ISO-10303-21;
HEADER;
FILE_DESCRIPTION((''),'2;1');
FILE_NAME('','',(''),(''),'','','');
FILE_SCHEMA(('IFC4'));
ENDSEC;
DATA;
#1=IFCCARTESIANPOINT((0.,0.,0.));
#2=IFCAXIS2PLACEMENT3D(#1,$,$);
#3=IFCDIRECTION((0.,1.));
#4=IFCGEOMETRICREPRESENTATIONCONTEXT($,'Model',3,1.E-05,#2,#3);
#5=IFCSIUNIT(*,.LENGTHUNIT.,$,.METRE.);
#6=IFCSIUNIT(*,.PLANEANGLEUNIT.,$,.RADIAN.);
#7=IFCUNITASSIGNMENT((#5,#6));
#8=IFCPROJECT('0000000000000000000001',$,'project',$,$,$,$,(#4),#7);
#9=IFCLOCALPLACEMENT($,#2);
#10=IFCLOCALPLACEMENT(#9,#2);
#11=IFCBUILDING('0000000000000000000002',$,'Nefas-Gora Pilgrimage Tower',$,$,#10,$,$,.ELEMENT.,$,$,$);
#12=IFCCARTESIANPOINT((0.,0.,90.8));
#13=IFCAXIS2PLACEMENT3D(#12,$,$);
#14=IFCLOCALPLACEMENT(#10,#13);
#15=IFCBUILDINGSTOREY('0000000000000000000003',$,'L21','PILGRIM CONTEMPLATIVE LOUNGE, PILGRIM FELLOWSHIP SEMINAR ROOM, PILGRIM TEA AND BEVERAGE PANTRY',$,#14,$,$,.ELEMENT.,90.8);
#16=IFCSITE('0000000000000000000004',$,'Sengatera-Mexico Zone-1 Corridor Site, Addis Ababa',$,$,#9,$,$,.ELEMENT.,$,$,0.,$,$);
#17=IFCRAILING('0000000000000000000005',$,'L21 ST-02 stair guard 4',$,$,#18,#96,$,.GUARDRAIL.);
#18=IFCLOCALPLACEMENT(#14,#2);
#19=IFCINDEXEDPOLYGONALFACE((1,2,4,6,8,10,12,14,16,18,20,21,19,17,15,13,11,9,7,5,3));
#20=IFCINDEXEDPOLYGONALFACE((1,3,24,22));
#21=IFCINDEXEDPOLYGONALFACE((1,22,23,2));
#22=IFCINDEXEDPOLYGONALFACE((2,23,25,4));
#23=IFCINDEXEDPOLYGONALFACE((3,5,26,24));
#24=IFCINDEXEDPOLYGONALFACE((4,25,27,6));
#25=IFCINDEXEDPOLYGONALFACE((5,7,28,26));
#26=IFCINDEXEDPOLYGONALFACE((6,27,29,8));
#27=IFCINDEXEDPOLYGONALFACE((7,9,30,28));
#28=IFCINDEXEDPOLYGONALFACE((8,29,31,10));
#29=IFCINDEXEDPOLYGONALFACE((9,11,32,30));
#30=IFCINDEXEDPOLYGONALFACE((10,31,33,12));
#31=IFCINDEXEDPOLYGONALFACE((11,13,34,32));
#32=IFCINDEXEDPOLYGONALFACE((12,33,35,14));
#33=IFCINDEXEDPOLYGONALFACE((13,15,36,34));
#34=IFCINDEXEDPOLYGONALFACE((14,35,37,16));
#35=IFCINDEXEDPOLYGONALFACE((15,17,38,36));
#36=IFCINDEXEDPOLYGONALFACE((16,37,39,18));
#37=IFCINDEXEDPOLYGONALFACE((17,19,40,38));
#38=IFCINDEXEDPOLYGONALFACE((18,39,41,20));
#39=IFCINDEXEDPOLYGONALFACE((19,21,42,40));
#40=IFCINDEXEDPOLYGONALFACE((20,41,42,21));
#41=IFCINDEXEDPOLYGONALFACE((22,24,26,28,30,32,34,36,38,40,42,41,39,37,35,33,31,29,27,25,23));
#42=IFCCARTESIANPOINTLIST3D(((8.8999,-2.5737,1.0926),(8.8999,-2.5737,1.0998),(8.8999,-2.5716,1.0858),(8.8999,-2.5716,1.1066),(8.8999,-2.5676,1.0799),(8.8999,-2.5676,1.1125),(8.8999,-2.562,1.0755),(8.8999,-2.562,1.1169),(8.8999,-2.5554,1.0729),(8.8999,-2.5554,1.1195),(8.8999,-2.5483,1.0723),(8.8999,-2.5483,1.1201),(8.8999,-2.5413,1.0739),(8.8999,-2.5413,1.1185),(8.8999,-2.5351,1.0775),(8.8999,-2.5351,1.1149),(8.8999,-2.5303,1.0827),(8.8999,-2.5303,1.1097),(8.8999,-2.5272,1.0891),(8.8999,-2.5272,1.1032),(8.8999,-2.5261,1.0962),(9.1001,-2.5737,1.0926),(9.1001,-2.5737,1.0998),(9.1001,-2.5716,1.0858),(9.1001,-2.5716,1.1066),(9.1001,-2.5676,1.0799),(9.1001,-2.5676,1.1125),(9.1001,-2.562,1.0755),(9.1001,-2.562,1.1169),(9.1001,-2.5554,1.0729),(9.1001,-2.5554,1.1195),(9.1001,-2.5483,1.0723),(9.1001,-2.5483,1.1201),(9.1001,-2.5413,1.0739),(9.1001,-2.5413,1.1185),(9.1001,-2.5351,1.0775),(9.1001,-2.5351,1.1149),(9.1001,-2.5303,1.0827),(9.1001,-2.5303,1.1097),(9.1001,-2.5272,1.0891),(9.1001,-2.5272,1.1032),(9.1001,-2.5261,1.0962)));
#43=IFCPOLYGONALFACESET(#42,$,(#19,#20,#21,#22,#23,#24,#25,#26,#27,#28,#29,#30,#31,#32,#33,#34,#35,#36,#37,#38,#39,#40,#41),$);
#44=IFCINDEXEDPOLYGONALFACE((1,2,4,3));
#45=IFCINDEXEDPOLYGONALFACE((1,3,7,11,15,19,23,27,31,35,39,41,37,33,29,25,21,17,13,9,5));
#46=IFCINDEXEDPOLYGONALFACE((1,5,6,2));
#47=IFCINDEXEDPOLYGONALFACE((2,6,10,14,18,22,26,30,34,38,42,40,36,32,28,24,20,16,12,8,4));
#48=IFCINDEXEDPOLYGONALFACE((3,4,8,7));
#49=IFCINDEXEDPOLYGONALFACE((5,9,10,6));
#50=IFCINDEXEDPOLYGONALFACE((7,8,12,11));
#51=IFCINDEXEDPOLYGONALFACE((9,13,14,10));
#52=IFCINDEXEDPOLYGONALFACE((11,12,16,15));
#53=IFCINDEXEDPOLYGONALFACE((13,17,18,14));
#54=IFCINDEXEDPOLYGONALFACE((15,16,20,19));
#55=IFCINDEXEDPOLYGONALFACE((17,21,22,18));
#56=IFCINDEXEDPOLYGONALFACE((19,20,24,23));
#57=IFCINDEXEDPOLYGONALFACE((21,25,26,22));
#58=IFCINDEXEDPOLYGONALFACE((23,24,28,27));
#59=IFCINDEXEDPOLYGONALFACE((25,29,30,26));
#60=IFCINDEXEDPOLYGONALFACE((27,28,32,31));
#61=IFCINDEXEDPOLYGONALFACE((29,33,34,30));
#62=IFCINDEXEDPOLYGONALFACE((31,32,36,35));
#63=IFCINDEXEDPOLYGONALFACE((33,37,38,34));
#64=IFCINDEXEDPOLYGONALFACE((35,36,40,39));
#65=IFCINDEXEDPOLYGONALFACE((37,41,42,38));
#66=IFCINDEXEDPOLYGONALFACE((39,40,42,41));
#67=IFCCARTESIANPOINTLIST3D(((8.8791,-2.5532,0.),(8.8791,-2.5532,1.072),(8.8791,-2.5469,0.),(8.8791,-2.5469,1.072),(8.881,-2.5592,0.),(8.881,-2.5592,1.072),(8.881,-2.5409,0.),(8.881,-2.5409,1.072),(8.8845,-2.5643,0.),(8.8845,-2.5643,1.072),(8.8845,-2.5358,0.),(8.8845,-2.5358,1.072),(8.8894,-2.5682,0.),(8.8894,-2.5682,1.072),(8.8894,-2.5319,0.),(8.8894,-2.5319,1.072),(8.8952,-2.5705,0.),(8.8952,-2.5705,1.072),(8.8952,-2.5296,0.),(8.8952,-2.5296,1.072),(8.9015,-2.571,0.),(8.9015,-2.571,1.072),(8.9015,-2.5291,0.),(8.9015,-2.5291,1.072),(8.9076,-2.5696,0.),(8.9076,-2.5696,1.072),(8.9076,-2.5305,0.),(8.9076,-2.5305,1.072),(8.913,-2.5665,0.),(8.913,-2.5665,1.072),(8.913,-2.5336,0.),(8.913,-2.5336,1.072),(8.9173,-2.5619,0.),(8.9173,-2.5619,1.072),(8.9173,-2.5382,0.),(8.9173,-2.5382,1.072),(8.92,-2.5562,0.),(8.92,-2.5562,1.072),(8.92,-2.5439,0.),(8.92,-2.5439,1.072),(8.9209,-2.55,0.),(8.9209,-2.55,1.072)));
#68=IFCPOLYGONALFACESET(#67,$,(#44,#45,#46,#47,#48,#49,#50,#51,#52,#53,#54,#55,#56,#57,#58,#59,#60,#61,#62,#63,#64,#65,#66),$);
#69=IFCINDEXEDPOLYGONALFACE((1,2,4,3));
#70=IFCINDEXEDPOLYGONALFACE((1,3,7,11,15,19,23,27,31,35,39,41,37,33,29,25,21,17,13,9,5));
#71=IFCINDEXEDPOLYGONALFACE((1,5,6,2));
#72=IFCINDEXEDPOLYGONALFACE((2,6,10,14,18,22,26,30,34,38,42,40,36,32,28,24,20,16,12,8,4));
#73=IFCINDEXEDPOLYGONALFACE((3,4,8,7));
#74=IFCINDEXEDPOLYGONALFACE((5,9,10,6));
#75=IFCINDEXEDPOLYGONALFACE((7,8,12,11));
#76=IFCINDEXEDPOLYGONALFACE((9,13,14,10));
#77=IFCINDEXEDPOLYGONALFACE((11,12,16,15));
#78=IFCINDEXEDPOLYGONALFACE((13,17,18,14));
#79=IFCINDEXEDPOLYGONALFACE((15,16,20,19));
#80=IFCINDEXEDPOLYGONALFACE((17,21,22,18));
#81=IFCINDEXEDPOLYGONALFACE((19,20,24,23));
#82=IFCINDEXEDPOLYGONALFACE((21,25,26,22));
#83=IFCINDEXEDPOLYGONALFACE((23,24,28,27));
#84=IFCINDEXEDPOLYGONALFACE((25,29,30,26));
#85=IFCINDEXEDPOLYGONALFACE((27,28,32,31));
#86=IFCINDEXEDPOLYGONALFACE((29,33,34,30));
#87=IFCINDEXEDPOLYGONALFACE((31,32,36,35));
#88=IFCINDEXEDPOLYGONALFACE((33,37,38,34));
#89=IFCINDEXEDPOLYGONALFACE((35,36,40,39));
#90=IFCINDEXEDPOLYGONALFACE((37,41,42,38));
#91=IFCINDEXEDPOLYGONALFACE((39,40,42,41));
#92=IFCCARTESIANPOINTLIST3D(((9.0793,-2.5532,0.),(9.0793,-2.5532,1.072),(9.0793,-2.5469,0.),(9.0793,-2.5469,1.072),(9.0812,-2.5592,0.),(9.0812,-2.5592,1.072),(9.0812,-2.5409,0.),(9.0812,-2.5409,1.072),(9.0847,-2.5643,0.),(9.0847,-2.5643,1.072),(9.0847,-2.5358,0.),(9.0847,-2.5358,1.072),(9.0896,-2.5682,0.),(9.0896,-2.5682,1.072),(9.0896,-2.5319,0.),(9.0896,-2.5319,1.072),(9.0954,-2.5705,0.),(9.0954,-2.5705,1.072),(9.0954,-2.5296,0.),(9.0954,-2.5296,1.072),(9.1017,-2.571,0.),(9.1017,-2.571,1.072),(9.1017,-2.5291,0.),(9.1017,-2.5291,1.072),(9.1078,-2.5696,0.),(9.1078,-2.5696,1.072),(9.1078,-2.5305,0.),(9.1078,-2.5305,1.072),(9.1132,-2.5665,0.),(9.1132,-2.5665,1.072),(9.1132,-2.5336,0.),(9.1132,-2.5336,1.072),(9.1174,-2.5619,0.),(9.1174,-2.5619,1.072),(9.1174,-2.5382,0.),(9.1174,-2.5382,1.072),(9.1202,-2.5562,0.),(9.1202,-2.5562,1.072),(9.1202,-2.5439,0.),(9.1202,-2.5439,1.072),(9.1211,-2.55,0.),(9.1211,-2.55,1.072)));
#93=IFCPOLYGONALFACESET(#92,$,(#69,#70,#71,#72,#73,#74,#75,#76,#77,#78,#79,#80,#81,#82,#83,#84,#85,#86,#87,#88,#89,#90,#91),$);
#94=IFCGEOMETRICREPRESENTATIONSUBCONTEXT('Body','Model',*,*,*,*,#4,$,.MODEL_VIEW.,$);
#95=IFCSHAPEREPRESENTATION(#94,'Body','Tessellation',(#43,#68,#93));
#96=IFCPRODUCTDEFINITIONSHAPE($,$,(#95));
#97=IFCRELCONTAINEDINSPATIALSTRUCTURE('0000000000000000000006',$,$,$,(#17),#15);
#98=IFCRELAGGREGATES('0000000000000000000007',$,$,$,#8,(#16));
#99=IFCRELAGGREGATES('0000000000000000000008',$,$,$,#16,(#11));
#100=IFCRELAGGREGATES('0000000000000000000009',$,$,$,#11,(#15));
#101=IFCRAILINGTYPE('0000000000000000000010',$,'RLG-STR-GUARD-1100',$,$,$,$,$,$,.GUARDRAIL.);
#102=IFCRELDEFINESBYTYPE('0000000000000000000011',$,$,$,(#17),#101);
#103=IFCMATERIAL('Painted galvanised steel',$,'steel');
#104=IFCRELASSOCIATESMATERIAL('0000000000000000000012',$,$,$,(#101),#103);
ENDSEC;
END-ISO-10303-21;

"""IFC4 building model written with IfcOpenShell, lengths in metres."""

from ifc_helpers import new_model, si_unit, direction, frame, origin, origin_2d, place, context, subcontext, project, spatial, circle, extrude, material, type_object, element, save


model = new_model("IFC4")

# Units and contexts
model_context = context("Model", 3, precision=1e-05, world=origin(), true_north=direction((0.0, 1.0)))
body_context = subcontext(model_context, "Body", "Model", "MODEL_VIEW")
ifc_project = project(units=[si_unit("LENGTHUNIT", "METRE"), si_unit("PLANEANGLEUNIT", "RADIAN")], contexts=[model_context])

# Site, building, storey
site_placement = place(None, origin())
site = spatial("IfcSite", under=ifc_project, at=site_placement, Name="Sengatera-Mexico Zone-1 Corridor Site, Addis Ababa", CompositionType="ELEMENT", RefElevation=0.0)
building_placement = place(site_placement, origin())
building = spatial("IfcBuilding", under=site, at=building_placement, Name="Nefas-Gora Pilgrimage Tower", CompositionType="ELEMENT")
storey_placement = place(building_placement, frame((0.0, 0.0, 90.8)))
storey = spatial("IfcBuildingStorey", under=building, at=storey_placement, Name="L21", Description="PILGRIM CONTEMPLATIVE LOUNGE, PILGRIM FELLOWSHIP SEMINAR ROOM, PILGRIM TEA AND BEVERAGE PANTRY", CompositionType="ELEMENT", Elevation=90.8)

# Railing
ifc_material_1 = material(Name="Painted galvanised steel", Category="steel")
railing_type_1 = type_object("IfcRailingType", Name="RLG-STR-GUARD-1100", PredefinedType="GUARDRAIL", material=ifc_material_1)
railing_1_placement = place(storey_placement, frame((8.8999, -2.55, 0.0)))
element("IfcRailing", 1, at=railing_1_placement, inside=storey, type_object=railing_type_1, Name="L21 ST-02 stair guard 4", PredefinedType="GUARDRAIL", context=body_context, shape_type="SweptSolid", body=[
    extrude(circle(Radius=0.0239, at=origin_2d()), frame((0.0, 0.0, 1.0962), z_axis=(1.0, 0.0, 0.0), x_axis=(0.0, 1.0, 0.0)), (0.0, 0.0, 1.0), 0.2002),
    extrude(circle(Radius=0.021, at=origin_2d()), origin(), (0.0, 0.0, 1.0), 1.072),
    extrude(circle(Radius=0.021, at=origin_2d()), frame((0.2002, 0.0, 0.0)), (0.0, 0.0, 1.0), 1.072),
])

save(model, "model.ifc")
